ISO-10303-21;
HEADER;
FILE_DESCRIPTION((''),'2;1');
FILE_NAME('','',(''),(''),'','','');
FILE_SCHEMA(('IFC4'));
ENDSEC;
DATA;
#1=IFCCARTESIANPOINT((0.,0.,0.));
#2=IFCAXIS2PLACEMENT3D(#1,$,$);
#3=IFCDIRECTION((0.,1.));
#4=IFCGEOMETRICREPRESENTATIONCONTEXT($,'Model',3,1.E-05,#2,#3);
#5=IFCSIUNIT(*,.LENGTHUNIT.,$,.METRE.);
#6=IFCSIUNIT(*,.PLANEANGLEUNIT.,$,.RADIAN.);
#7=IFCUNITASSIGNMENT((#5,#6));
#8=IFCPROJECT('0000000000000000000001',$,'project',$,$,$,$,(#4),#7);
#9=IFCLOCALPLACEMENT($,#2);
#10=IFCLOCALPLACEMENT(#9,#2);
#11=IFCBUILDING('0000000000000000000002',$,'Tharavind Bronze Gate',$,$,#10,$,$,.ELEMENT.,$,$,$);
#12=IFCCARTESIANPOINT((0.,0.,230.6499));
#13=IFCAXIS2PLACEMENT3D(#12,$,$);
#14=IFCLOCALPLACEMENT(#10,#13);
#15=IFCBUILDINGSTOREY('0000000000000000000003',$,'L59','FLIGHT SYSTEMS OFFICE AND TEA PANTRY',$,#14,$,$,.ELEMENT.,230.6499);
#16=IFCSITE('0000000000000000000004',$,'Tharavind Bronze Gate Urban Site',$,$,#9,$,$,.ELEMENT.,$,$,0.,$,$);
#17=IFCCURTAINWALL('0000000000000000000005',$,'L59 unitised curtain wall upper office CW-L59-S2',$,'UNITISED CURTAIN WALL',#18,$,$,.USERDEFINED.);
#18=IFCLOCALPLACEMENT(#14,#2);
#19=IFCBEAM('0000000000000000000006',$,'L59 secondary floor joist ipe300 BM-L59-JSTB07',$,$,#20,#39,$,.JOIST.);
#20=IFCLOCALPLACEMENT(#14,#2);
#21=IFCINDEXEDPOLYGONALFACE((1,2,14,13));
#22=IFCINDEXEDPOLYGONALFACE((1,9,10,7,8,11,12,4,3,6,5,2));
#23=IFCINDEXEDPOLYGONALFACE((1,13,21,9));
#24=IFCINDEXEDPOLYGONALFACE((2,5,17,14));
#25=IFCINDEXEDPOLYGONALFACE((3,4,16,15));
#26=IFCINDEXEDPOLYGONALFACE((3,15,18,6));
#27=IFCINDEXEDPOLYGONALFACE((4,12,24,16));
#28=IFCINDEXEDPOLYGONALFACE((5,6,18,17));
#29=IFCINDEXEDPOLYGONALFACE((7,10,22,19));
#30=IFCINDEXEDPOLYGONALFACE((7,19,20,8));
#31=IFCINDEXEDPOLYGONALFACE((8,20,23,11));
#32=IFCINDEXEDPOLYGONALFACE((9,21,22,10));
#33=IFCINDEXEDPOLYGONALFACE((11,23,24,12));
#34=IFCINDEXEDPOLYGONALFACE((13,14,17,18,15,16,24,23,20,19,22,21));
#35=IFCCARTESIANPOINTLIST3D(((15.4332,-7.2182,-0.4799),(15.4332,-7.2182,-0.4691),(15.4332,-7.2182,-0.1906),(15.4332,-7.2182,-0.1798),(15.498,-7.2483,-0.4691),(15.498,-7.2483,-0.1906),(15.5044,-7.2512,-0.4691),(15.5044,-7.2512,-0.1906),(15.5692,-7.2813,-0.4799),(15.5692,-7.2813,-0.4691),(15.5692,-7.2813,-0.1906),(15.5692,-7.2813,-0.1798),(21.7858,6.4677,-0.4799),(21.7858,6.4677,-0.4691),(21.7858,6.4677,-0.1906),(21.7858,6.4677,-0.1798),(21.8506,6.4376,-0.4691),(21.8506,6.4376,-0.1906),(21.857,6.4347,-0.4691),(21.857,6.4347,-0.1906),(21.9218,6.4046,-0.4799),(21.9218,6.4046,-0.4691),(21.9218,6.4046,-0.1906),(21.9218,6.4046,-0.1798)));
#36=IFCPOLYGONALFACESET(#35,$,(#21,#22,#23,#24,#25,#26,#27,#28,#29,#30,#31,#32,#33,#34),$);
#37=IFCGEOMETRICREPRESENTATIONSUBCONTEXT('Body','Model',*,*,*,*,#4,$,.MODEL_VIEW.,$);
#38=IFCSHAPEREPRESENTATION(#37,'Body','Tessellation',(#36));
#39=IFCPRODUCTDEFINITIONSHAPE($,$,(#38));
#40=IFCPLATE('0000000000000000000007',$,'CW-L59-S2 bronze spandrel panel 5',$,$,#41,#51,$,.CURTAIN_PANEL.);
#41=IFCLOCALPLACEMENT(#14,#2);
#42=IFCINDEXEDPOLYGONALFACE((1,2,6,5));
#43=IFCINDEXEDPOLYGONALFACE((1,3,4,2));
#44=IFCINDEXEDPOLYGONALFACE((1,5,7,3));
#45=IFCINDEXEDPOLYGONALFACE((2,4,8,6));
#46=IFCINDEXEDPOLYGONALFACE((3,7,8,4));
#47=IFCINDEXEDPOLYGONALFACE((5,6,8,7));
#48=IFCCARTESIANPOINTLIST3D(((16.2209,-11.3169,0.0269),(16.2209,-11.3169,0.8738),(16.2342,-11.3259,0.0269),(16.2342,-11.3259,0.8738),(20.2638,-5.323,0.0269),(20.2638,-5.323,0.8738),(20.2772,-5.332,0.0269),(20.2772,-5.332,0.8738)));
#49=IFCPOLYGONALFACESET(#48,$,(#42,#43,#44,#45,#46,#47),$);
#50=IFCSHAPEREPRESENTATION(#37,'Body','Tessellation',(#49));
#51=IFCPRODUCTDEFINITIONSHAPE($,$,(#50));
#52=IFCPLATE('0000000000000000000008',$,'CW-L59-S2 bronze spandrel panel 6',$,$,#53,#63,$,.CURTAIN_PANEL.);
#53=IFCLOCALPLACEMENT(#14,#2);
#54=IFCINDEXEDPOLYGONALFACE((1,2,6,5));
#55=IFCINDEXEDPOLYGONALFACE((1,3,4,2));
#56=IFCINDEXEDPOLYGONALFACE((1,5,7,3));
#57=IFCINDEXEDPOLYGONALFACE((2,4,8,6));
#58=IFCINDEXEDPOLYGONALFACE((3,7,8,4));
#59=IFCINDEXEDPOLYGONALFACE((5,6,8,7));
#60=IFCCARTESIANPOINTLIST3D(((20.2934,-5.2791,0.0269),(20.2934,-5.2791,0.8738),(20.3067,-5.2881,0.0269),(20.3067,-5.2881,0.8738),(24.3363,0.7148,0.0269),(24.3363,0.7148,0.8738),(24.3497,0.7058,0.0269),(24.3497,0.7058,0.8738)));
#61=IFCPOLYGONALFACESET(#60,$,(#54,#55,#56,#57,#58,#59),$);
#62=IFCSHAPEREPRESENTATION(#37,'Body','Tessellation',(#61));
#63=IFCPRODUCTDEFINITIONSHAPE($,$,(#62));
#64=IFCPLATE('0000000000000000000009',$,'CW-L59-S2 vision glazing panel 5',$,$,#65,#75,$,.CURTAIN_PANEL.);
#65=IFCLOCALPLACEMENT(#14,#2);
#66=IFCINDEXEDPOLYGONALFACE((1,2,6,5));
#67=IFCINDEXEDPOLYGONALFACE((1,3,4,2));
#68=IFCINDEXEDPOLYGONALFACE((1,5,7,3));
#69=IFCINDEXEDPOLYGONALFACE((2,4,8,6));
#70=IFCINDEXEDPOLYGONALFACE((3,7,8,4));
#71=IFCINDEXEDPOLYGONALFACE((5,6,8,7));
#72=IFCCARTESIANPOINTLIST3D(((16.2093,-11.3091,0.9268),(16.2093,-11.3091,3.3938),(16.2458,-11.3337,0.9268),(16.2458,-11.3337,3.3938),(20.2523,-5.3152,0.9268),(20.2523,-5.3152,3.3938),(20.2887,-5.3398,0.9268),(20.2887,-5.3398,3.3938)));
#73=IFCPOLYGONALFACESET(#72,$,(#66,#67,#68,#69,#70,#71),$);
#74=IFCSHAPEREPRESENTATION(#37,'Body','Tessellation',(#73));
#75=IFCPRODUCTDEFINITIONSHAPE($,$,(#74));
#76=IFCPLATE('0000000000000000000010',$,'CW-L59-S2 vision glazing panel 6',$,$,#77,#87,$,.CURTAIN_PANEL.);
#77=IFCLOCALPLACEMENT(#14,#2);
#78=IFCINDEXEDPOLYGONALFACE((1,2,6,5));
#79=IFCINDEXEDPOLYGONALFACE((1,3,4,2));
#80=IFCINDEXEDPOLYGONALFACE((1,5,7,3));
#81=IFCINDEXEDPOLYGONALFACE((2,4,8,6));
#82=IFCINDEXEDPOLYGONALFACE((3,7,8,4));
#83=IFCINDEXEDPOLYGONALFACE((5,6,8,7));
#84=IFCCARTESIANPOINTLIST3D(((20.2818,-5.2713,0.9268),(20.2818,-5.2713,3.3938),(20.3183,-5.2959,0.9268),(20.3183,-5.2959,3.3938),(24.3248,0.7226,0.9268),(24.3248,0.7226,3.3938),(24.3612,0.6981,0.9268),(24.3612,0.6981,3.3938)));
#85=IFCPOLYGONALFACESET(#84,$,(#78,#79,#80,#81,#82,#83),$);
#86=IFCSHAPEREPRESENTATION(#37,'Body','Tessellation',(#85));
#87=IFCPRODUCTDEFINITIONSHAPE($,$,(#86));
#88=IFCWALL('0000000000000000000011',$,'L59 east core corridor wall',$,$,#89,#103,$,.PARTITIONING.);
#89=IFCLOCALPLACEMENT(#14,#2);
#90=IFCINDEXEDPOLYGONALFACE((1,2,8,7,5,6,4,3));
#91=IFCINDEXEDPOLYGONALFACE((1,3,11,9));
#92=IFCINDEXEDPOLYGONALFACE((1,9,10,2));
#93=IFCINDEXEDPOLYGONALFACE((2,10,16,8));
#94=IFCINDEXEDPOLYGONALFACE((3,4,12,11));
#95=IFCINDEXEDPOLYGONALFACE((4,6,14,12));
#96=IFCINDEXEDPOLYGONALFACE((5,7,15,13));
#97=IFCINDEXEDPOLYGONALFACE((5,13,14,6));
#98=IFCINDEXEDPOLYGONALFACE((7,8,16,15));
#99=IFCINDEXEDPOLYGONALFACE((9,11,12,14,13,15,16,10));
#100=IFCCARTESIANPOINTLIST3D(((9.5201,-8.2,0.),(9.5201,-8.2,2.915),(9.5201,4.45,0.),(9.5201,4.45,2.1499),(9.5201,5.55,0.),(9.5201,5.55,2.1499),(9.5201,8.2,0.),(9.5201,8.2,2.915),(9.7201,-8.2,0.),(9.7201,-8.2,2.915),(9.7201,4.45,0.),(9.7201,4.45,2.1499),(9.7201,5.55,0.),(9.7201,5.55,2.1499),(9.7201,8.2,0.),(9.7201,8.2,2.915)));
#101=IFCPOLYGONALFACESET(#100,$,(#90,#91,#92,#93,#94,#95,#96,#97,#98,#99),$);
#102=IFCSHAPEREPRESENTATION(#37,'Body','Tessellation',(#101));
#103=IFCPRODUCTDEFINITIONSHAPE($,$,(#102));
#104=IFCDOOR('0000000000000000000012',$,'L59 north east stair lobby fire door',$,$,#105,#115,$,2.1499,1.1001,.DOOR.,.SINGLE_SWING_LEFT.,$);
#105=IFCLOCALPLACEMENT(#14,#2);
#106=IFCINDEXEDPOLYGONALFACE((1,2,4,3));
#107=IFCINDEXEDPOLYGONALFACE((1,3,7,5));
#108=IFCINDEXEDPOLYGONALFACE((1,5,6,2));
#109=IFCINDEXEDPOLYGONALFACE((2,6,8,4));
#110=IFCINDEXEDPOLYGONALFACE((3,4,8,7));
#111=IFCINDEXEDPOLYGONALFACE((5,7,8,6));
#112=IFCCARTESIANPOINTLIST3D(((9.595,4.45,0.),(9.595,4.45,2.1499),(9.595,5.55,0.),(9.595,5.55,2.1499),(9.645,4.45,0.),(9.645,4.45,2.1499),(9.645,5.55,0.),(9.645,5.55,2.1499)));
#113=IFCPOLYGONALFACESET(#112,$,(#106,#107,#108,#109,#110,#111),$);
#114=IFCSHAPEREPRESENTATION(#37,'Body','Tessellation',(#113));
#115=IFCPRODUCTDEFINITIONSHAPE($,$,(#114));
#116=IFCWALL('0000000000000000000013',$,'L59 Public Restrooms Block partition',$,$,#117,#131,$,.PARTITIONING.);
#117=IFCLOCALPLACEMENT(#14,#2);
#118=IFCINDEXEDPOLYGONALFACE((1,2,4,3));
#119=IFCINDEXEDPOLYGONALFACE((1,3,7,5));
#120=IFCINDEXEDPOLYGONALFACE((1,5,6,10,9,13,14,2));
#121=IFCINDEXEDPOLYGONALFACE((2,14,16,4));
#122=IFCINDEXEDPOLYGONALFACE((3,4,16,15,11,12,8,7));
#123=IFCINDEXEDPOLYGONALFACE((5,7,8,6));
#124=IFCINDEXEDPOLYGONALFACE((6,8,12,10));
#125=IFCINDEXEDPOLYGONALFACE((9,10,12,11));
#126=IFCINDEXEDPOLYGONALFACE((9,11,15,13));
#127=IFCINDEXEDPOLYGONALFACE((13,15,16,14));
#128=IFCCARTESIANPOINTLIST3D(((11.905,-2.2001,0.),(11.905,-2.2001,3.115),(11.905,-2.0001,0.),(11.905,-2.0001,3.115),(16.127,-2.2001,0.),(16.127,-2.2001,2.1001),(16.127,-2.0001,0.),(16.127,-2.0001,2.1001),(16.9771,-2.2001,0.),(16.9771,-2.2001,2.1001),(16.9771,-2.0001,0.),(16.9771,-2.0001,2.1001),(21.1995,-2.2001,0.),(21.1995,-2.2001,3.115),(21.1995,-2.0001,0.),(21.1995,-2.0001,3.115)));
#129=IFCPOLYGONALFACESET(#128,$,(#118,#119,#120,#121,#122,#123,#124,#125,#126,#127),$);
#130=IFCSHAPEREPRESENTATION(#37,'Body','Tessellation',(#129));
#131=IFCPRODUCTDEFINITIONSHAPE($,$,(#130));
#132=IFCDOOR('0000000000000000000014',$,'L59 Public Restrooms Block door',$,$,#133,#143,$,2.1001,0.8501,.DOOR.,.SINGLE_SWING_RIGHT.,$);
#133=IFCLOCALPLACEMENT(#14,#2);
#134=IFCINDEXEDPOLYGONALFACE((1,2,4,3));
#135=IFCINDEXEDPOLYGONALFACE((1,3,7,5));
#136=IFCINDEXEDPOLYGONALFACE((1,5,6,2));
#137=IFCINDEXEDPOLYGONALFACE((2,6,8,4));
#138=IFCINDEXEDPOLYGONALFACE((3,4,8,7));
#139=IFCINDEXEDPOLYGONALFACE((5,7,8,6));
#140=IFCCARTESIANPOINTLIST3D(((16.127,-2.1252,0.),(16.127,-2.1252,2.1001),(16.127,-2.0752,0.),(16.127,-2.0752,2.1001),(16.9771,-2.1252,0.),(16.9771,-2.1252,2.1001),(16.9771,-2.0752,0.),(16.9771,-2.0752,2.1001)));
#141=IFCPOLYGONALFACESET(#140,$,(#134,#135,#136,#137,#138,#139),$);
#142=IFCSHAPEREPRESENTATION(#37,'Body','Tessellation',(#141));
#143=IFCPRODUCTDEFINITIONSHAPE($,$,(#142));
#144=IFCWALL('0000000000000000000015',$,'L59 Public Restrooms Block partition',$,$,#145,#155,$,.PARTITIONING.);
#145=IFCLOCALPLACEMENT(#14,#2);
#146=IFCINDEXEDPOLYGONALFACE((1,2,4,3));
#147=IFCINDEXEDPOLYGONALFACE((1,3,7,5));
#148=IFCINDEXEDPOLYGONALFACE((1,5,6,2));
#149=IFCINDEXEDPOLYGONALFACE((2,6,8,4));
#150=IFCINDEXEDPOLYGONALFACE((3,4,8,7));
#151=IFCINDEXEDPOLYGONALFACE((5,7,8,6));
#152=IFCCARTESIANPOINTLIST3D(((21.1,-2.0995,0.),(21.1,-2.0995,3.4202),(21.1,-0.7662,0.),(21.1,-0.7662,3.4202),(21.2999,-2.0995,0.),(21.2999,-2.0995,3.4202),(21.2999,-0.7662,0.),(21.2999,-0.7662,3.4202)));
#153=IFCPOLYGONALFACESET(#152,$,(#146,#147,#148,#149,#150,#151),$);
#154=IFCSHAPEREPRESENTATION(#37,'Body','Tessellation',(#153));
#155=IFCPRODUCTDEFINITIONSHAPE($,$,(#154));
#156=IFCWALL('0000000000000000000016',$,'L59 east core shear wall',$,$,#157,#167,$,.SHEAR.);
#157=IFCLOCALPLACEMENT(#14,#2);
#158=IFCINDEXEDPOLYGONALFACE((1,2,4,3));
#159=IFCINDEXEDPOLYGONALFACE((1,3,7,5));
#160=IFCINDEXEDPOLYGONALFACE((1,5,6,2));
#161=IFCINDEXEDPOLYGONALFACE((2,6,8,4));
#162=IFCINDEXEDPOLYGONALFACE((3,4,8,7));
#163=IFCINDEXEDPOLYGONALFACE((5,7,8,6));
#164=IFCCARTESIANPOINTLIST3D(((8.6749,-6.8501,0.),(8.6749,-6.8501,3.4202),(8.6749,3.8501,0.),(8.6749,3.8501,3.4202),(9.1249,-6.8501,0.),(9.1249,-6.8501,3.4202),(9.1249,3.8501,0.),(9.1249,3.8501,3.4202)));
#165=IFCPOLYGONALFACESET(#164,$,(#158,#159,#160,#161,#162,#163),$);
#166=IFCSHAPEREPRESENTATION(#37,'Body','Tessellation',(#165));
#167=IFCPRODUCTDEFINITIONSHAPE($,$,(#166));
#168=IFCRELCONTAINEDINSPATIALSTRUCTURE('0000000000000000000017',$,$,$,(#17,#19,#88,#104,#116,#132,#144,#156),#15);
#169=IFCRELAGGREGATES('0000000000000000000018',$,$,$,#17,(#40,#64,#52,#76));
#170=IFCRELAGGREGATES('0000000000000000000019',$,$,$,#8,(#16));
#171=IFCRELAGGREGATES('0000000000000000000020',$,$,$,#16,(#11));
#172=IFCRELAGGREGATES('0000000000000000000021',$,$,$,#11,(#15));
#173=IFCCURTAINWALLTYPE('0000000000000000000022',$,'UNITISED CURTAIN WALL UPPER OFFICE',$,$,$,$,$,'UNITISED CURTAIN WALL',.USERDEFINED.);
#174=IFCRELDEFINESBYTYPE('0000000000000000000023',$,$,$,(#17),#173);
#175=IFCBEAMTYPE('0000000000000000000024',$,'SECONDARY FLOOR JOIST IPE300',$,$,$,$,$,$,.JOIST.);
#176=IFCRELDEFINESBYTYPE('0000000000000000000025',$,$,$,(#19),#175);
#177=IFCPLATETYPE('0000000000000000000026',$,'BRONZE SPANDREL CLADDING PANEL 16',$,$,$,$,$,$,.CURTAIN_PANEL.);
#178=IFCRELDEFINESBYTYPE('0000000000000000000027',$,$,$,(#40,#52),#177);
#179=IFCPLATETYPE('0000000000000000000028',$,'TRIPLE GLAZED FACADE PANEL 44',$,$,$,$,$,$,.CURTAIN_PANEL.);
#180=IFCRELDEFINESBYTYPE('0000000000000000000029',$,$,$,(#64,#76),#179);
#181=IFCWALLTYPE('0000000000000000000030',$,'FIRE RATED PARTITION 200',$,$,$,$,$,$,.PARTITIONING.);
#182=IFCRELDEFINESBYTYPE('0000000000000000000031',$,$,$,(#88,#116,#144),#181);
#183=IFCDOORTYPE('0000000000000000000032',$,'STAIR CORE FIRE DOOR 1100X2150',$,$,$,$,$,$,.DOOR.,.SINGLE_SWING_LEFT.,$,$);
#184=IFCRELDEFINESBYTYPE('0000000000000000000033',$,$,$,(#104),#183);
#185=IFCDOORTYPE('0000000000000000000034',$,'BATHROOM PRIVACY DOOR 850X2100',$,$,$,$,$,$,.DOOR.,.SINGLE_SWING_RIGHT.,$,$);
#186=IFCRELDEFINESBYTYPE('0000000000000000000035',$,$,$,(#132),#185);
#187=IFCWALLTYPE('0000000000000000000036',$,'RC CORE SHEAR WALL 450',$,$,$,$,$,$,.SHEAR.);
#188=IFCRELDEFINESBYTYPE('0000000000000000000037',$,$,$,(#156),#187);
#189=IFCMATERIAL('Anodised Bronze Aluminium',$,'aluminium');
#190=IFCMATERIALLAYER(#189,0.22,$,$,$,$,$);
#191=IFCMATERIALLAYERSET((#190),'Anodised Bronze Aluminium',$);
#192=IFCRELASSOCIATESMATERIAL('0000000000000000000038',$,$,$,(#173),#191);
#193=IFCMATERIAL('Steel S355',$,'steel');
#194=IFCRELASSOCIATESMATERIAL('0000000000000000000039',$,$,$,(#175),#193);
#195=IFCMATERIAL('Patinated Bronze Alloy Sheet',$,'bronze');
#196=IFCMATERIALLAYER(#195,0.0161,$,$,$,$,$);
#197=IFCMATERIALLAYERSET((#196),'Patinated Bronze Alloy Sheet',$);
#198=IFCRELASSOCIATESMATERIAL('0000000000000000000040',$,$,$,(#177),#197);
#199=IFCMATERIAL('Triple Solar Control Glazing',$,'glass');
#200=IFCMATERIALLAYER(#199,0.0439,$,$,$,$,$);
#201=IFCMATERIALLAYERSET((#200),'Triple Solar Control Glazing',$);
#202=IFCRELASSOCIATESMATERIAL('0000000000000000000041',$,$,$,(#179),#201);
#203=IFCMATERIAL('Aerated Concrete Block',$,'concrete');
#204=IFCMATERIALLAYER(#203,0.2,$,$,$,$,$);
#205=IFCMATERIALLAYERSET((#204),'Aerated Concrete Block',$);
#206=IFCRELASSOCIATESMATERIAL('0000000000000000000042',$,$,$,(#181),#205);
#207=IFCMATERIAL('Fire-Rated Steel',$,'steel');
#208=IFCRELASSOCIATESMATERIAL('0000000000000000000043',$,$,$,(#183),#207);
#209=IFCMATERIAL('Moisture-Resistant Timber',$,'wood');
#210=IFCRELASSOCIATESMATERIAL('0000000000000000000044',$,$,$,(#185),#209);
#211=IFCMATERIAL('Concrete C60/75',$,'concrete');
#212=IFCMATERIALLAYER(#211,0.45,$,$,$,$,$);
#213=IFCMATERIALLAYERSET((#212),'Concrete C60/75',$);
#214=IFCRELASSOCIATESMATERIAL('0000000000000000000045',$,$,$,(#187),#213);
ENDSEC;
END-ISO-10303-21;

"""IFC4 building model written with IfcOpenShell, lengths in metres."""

from ifc_helpers import new_model, si_unit, direction, frame, frame_2d, origin, origin_2d, place, context, subcontext, project, spatial, rectangle, i_section, extrude, material, layer, layer_set, material_profile, profile_set, type_object, element, fill, aggregate, save


model = new_model("IFC4")

# Units and contexts
model_context = context("Model", 3, precision=1e-05, world=origin(), true_north=direction((0.0, 1.0)))
body_context = subcontext(model_context, "Body", "Model", "MODEL_VIEW")
ifc_project = project(units=[si_unit("LENGTHUNIT", "METRE"), si_unit("PLANEANGLEUNIT", "RADIAN")], contexts=[model_context])

# Site, building, storey
site_placement = place(None, origin())
site = spatial("IfcSite", under=ifc_project, at=site_placement, Name="Tharavind Bronze Gate Urban Site", CompositionType="ELEMENT", RefElevation=0.0)
building_placement = place(site_placement, origin())
building = spatial("IfcBuilding", under=site, at=building_placement, Name="Tharavind Bronze Gate", CompositionType="ELEMENT")
storey_placement = place(building_placement, frame((0.0, 0.0, 230.6499)))
storey = spatial("IfcBuildingStorey", under=building, at=storey_placement, Name="L59", Description="FLIGHT SYSTEMS OFFICE AND TEA PANTRY", CompositionType="ELEMENT", Elevation=230.6499)

# Curtain wall
ifc_material_1 = material(Name="Anodised Bronze Aluminium", Category="aluminium")
ifc_layer_1 = layer(ifc_material_1, 0.22)
ifc_layer_set_1 = layer_set([ifc_layer_1], Name="Anodised Bronze Aluminium")
curtain_wall_type = type_object("IfcCurtainWallType", Name="UNITISED CURTAIN WALL UPPER OFFICE", ElementType="UNITISED CURTAIN WALL", PredefinedType="USERDEFINED", material=ifc_layer_set_1)
curtain_wall_placement = place(storey_placement, origin())
curtain_wall = element("IfcCurtainWall", 1, at=curtain_wall_placement, inside=storey, type_object=curtain_wall_type, Name="L59 unitised curtain wall upper office CW-L59-S2", ObjectType="UNITISED CURTAIN WALL", PredefinedType="USERDEFINED")

# Beam
ifc_material_2 = material(Name="Steel S355", Category="steel")
ifc_material_profile_1 = material_profile(ifc_material_2, i_section(OverallWidth=0.1499, OverallDepth=0.3, WebThickness=0.0071, FlangeThickness=0.0107, at=origin_2d()), Name="IPE300")
ifc_profile_set_1 = profile_set([ifc_material_profile_1], Name="Steel S355")
beam_type_1 = type_object("IfcBeamType", Name="SECONDARY FLOOR JOIST IPE300", PredefinedType="JOIST", material=ifc_profile_set_1)
beam_1_placement = place(storey_placement, frame((15.5012, -7.2498, -0.3298), z_axis=(0.421025, 0.907049, 0.0), x_axis=(-0.907049, 0.421025, 0.0)))
element("IfcBeam", 2, at=beam_1_placement, inside=storey, type_object=beam_type_1, Name="L59 secondary floor joist ipe300 BM-L59-JSTB07", PredefinedType="JOIST", context=body_context, shape_type="SweptSolid", body=[
    extrude(i_section(OverallWidth=0.1499, OverallDepth=0.3, WebThickness=0.0071, FlangeThickness=0.0107, at=origin_2d()), origin(), (0.0, 0.0, 1.0), 15.0884),
])

# Plates
ifc_material_3 = material(Name="Patinated Bronze Alloy Sheet", Category="bronze")
ifc_layer_2 = layer(ifc_material_3, 0.0161)
ifc_layer_set_2 = layer_set([ifc_layer_2], Name="Patinated Bronze Alloy Sheet")
plate_type_1 = type_object("IfcPlateType", Name="BRONZE SPANDREL CLADDING PANEL 16", PredefinedType="CURTAIN_PANEL", material=ifc_layer_set_2)
plate_1_placement = place(storey_placement, frame((18.249, -8.3245, 0.0269), z_axis=(0.0, 0.0, 1.0), x_axis=(0.559193, 0.829038, 0.0)))
plate_1 = element("IfcPlate", 3, at=plate_1_placement, type_object=plate_type_1, Name="CW-L59-S2 bronze spandrel panel 5", PredefinedType="CURTAIN_PANEL", context=body_context, shape_type="SweptSolid", body=[
    extrude(rectangle(XDim=7.23, YDim=0.0161, at=origin_2d()), origin(), (0.0, 0.0, 1.0), 0.8469),
])
plate_2_placement = place(storey_placement, frame((22.3215, -2.2866, 0.0269), z_axis=(0.0, 0.0, 1.0), x_axis=(0.559193, 0.829038, 0.0)))
plate_2 = element("IfcPlate", 4, at=plate_2_placement, type_object=plate_type_1, Name="CW-L59-S2 bronze spandrel panel 6", PredefinedType="CURTAIN_PANEL", context=body_context, shape_type="SweptSolid", body=[
    extrude(rectangle(XDim=7.23, YDim=0.0161, at=origin_2d()), origin(), (0.0, 0.0, 1.0), 0.8469),
])
ifc_material_4 = material(Name="Triple Solar Control Glazing", Category="glass")
ifc_layer_3 = layer(ifc_material_4, 0.0439)
ifc_layer_set_3 = layer_set([ifc_layer_3], Name="Triple Solar Control Glazing")
plate_type_2 = type_object("IfcPlateType", Name="TRIPLE GLAZED FACADE PANEL 44", PredefinedType="CURTAIN_PANEL", material=ifc_layer_set_3)
plate_3_placement = place(storey_placement, frame((18.249, -8.3245, 0.9268), z_axis=(0.0, 0.0, 1.0), x_axis=(0.559193, 0.829038, 0.0)))
plate_3 = element("IfcPlate", 5, at=plate_3_placement, type_object=plate_type_2, Name="CW-L59-S2 vision glazing panel 5", PredefinedType="CURTAIN_PANEL", context=body_context, shape_type="SweptSolid", body=[
    extrude(rectangle(XDim=7.23, YDim=0.0439, at=origin_2d()), origin(), (0.0, 0.0, 1.0), 2.467),
])
plate_4_placement = place(storey_placement, frame((22.3215, -2.2866, 0.9268), z_axis=(0.0, 0.0, 1.0), x_axis=(0.559193, 0.829038, 0.0)))
plate_4 = element("IfcPlate", 6, at=plate_4_placement, type_object=plate_type_2, Name="CW-L59-S2 vision glazing panel 6", PredefinedType="CURTAIN_PANEL", context=body_context, shape_type="SweptSolid", body=[
    extrude(rectangle(XDim=7.23, YDim=0.0439, at=origin_2d()), origin(), (0.0, 0.0, 1.0), 2.467),
])
aggregate(curtain_wall, [plate_1, plate_3, plate_2, plate_4])

# Walls, openings, doors
ifc_material_5 = material(Name="Aerated Concrete Block", Category="concrete")
ifc_layer_4 = layer(ifc_material_5, 0.2)
ifc_layer_set_4 = layer_set([ifc_layer_4], Name="Aerated Concrete Block")
wall_type_1 = type_object("IfcWallType", Name="FIRE RATED PARTITION 200", PredefinedType="PARTITIONING", material=ifc_layer_set_4)
wall_1_placement = place(storey_placement, frame((9.6201, -8.2, 0.0), z_axis=(0.0, 0.0, 1.0), x_axis=(0.0, 1.0, 0.0)))
wall_1 = element("IfcWall", 7, at=wall_1_placement, inside=storey, type_object=wall_type_1, Name="L59 east core corridor wall", PredefinedType="PARTITIONING", context=body_context, shape_type="SweptSolid", body=[
    extrude(rectangle(XDim=16.3999, YDim=0.2, at=frame_2d((8.2, 0.0))), origin(), (0.0, 0.0, 1.0), 2.915),
])
opening_1_placement = place(wall_1_placement, frame((12.6499, 0.0, 0.0)))
opening_1 = element("IfcOpeningElement", 8, at=opening_1_placement, cuts=wall_1, PredefinedType="OPENING", context=body_context, shape_type="SweptSolid", body=[
    extrude(rectangle(XDim=1.1001, YDim=2.1499, at=frame_2d((0.55, 1.075))), frame((0.0, 0.1101, 0.0), z_axis=(0.0, -1.0, 0.0), x_axis=(1.0, 0.0, 0.0)), (0.0, 0.0, 1.0), 0.22),
])
ifc_material_6 = material(Name="Fire-Rated Steel", Category="steel")
door_type_1 = type_object("IfcDoorType", Name="STAIR CORE FIRE DOOR 1100X2150", OperationType="SINGLE_SWING_LEFT", PredefinedType="DOOR", material=ifc_material_6)
door_1_placement = place(opening_1_placement, frame((1.1001, 0.0, 0.0), z_axis=(0.0, 0.0, 1.0), x_axis=(-1.0, 0.0, 0.0)))
door_1 = element("IfcDoor", 9, at=door_1_placement, inside=storey, type_object=door_type_1, Name="L59 north east stair lobby fire door", OperationType="SINGLE_SWING_LEFT", OverallHeight=2.1499, OverallWidth=1.1001, PredefinedType="DOOR", context=body_context, shape_type="SweptSolid", body=[
    extrude(rectangle(XDim=1.1001, YDim=2.1499, at=frame_2d((0.55, 1.075))), frame((0.0, 0.0249, 0.0), z_axis=(0.0, -1.0, 0.0), x_axis=(1.0, 0.0, 0.0)), (0.0, 0.0, 1.0), 0.05),
])
fill(opening_1, door_1)
wall_2_placement = place(storey_placement, frame((11.905, -2.1001, 0.0), z_axis=(0.0, 0.0, 1.0), x_axis=(1.0, 0.0, 0.0)))
wall_2 = element("IfcWall", 10, at=wall_2_placement, inside=storey, type_object=wall_type_1, Name="L59 Public Restrooms Block partition", PredefinedType="PARTITIONING", context=body_context, shape_type="SweptSolid", body=[
    extrude(rectangle(XDim=9.2944, YDim=0.2, at=frame_2d((4.6472, 0.0))), origin(), (0.0, 0.0, 1.0), 3.115),
])
opening_2_placement = place(wall_2_placement, frame((4.2219, 0.0, 0.0)))
opening_2 = element("IfcOpeningElement", 11, at=opening_2_placement, cuts=wall_2, PredefinedType="OPENING", context=body_context, shape_type="SweptSolid", body=[
    extrude(rectangle(XDim=0.8501, YDim=2.1001, at=frame_2d((0.425, 1.05))), frame((0.0, 0.1101, 0.0), z_axis=(0.0, -1.0, 0.0), x_axis=(1.0, 0.0, 0.0)), (0.0, 0.0, 1.0), 0.22),
])
ifc_material_7 = material(Name="Moisture-Resistant Timber", Category="wood")
door_type_2 = type_object("IfcDoorType", Name="BATHROOM PRIVACY DOOR 850X2100", OperationType="SINGLE_SWING_RIGHT", PredefinedType="DOOR", material=ifc_material_7)
door_2_placement = place(opening_2_placement, origin())
door_2 = element("IfcDoor", 12, at=door_2_placement, inside=storey, type_object=door_type_2, Name="L59 Public Restrooms Block door", OperationType="SINGLE_SWING_RIGHT", OverallHeight=2.1001, OverallWidth=0.8501, PredefinedType="DOOR", context=body_context, shape_type="SweptSolid", body=[
    extrude(rectangle(XDim=0.8501, YDim=2.1001, at=frame_2d((0.425, 1.05))), frame((0.0, 0.0249, 0.0), z_axis=(0.0, -1.0, 0.0), x_axis=(1.0, 0.0, 0.0)), (0.0, 0.0, 1.0), 0.05),
])
fill(opening_2, door_2)

# Walls
wall_3_placement = place(storey_placement, frame((21.2, -2.0994, 0.0), z_axis=(0.0, 0.0, 1.0), x_axis=(0.0, 1.0, 0.0)))
element("IfcWall", 13, at=wall_3_placement, inside=storey, type_object=wall_type_1, Name="L59 Public Restrooms Block partition", PredefinedType="PARTITIONING", context=body_context, shape_type="SweptSolid", body=[
    extrude(rectangle(XDim=1.3333, YDim=0.2, at=frame_2d((0.6665, 0.0))), origin(), (0.0, 0.0, 1.0), 3.4202),
])
ifc_material_8 = material(Name="Concrete C60/75", Category="concrete")
ifc_layer_5 = layer(ifc_material_8, 0.45)
ifc_layer_set_5 = layer_set([ifc_layer_5], Name="Concrete C60/75")
wall_type_2 = type_object("IfcWallType", Name="RC CORE SHEAR WALL 450", PredefinedType="SHEAR", material=ifc_layer_set_5)
wall_4_placement = place(storey_placement, frame((8.8999, -6.8501, 0.0), z_axis=(0.0, 0.0, 1.0), x_axis=(0.0, 1.0, 0.0)))
element("IfcWall", 14, at=wall_4_placement, inside=storey, type_object=wall_type_2, Name="L59 east core shear wall", PredefinedType="SHEAR", context=body_context, shape_type="SweptSolid", body=[
    extrude(rectangle(XDim=10.7002, YDim=0.45, at=frame_2d((5.3501, 0.0))), origin(), (0.0, 0.0, 1.0), 3.4202),
])

save(model, "model.ifc")
